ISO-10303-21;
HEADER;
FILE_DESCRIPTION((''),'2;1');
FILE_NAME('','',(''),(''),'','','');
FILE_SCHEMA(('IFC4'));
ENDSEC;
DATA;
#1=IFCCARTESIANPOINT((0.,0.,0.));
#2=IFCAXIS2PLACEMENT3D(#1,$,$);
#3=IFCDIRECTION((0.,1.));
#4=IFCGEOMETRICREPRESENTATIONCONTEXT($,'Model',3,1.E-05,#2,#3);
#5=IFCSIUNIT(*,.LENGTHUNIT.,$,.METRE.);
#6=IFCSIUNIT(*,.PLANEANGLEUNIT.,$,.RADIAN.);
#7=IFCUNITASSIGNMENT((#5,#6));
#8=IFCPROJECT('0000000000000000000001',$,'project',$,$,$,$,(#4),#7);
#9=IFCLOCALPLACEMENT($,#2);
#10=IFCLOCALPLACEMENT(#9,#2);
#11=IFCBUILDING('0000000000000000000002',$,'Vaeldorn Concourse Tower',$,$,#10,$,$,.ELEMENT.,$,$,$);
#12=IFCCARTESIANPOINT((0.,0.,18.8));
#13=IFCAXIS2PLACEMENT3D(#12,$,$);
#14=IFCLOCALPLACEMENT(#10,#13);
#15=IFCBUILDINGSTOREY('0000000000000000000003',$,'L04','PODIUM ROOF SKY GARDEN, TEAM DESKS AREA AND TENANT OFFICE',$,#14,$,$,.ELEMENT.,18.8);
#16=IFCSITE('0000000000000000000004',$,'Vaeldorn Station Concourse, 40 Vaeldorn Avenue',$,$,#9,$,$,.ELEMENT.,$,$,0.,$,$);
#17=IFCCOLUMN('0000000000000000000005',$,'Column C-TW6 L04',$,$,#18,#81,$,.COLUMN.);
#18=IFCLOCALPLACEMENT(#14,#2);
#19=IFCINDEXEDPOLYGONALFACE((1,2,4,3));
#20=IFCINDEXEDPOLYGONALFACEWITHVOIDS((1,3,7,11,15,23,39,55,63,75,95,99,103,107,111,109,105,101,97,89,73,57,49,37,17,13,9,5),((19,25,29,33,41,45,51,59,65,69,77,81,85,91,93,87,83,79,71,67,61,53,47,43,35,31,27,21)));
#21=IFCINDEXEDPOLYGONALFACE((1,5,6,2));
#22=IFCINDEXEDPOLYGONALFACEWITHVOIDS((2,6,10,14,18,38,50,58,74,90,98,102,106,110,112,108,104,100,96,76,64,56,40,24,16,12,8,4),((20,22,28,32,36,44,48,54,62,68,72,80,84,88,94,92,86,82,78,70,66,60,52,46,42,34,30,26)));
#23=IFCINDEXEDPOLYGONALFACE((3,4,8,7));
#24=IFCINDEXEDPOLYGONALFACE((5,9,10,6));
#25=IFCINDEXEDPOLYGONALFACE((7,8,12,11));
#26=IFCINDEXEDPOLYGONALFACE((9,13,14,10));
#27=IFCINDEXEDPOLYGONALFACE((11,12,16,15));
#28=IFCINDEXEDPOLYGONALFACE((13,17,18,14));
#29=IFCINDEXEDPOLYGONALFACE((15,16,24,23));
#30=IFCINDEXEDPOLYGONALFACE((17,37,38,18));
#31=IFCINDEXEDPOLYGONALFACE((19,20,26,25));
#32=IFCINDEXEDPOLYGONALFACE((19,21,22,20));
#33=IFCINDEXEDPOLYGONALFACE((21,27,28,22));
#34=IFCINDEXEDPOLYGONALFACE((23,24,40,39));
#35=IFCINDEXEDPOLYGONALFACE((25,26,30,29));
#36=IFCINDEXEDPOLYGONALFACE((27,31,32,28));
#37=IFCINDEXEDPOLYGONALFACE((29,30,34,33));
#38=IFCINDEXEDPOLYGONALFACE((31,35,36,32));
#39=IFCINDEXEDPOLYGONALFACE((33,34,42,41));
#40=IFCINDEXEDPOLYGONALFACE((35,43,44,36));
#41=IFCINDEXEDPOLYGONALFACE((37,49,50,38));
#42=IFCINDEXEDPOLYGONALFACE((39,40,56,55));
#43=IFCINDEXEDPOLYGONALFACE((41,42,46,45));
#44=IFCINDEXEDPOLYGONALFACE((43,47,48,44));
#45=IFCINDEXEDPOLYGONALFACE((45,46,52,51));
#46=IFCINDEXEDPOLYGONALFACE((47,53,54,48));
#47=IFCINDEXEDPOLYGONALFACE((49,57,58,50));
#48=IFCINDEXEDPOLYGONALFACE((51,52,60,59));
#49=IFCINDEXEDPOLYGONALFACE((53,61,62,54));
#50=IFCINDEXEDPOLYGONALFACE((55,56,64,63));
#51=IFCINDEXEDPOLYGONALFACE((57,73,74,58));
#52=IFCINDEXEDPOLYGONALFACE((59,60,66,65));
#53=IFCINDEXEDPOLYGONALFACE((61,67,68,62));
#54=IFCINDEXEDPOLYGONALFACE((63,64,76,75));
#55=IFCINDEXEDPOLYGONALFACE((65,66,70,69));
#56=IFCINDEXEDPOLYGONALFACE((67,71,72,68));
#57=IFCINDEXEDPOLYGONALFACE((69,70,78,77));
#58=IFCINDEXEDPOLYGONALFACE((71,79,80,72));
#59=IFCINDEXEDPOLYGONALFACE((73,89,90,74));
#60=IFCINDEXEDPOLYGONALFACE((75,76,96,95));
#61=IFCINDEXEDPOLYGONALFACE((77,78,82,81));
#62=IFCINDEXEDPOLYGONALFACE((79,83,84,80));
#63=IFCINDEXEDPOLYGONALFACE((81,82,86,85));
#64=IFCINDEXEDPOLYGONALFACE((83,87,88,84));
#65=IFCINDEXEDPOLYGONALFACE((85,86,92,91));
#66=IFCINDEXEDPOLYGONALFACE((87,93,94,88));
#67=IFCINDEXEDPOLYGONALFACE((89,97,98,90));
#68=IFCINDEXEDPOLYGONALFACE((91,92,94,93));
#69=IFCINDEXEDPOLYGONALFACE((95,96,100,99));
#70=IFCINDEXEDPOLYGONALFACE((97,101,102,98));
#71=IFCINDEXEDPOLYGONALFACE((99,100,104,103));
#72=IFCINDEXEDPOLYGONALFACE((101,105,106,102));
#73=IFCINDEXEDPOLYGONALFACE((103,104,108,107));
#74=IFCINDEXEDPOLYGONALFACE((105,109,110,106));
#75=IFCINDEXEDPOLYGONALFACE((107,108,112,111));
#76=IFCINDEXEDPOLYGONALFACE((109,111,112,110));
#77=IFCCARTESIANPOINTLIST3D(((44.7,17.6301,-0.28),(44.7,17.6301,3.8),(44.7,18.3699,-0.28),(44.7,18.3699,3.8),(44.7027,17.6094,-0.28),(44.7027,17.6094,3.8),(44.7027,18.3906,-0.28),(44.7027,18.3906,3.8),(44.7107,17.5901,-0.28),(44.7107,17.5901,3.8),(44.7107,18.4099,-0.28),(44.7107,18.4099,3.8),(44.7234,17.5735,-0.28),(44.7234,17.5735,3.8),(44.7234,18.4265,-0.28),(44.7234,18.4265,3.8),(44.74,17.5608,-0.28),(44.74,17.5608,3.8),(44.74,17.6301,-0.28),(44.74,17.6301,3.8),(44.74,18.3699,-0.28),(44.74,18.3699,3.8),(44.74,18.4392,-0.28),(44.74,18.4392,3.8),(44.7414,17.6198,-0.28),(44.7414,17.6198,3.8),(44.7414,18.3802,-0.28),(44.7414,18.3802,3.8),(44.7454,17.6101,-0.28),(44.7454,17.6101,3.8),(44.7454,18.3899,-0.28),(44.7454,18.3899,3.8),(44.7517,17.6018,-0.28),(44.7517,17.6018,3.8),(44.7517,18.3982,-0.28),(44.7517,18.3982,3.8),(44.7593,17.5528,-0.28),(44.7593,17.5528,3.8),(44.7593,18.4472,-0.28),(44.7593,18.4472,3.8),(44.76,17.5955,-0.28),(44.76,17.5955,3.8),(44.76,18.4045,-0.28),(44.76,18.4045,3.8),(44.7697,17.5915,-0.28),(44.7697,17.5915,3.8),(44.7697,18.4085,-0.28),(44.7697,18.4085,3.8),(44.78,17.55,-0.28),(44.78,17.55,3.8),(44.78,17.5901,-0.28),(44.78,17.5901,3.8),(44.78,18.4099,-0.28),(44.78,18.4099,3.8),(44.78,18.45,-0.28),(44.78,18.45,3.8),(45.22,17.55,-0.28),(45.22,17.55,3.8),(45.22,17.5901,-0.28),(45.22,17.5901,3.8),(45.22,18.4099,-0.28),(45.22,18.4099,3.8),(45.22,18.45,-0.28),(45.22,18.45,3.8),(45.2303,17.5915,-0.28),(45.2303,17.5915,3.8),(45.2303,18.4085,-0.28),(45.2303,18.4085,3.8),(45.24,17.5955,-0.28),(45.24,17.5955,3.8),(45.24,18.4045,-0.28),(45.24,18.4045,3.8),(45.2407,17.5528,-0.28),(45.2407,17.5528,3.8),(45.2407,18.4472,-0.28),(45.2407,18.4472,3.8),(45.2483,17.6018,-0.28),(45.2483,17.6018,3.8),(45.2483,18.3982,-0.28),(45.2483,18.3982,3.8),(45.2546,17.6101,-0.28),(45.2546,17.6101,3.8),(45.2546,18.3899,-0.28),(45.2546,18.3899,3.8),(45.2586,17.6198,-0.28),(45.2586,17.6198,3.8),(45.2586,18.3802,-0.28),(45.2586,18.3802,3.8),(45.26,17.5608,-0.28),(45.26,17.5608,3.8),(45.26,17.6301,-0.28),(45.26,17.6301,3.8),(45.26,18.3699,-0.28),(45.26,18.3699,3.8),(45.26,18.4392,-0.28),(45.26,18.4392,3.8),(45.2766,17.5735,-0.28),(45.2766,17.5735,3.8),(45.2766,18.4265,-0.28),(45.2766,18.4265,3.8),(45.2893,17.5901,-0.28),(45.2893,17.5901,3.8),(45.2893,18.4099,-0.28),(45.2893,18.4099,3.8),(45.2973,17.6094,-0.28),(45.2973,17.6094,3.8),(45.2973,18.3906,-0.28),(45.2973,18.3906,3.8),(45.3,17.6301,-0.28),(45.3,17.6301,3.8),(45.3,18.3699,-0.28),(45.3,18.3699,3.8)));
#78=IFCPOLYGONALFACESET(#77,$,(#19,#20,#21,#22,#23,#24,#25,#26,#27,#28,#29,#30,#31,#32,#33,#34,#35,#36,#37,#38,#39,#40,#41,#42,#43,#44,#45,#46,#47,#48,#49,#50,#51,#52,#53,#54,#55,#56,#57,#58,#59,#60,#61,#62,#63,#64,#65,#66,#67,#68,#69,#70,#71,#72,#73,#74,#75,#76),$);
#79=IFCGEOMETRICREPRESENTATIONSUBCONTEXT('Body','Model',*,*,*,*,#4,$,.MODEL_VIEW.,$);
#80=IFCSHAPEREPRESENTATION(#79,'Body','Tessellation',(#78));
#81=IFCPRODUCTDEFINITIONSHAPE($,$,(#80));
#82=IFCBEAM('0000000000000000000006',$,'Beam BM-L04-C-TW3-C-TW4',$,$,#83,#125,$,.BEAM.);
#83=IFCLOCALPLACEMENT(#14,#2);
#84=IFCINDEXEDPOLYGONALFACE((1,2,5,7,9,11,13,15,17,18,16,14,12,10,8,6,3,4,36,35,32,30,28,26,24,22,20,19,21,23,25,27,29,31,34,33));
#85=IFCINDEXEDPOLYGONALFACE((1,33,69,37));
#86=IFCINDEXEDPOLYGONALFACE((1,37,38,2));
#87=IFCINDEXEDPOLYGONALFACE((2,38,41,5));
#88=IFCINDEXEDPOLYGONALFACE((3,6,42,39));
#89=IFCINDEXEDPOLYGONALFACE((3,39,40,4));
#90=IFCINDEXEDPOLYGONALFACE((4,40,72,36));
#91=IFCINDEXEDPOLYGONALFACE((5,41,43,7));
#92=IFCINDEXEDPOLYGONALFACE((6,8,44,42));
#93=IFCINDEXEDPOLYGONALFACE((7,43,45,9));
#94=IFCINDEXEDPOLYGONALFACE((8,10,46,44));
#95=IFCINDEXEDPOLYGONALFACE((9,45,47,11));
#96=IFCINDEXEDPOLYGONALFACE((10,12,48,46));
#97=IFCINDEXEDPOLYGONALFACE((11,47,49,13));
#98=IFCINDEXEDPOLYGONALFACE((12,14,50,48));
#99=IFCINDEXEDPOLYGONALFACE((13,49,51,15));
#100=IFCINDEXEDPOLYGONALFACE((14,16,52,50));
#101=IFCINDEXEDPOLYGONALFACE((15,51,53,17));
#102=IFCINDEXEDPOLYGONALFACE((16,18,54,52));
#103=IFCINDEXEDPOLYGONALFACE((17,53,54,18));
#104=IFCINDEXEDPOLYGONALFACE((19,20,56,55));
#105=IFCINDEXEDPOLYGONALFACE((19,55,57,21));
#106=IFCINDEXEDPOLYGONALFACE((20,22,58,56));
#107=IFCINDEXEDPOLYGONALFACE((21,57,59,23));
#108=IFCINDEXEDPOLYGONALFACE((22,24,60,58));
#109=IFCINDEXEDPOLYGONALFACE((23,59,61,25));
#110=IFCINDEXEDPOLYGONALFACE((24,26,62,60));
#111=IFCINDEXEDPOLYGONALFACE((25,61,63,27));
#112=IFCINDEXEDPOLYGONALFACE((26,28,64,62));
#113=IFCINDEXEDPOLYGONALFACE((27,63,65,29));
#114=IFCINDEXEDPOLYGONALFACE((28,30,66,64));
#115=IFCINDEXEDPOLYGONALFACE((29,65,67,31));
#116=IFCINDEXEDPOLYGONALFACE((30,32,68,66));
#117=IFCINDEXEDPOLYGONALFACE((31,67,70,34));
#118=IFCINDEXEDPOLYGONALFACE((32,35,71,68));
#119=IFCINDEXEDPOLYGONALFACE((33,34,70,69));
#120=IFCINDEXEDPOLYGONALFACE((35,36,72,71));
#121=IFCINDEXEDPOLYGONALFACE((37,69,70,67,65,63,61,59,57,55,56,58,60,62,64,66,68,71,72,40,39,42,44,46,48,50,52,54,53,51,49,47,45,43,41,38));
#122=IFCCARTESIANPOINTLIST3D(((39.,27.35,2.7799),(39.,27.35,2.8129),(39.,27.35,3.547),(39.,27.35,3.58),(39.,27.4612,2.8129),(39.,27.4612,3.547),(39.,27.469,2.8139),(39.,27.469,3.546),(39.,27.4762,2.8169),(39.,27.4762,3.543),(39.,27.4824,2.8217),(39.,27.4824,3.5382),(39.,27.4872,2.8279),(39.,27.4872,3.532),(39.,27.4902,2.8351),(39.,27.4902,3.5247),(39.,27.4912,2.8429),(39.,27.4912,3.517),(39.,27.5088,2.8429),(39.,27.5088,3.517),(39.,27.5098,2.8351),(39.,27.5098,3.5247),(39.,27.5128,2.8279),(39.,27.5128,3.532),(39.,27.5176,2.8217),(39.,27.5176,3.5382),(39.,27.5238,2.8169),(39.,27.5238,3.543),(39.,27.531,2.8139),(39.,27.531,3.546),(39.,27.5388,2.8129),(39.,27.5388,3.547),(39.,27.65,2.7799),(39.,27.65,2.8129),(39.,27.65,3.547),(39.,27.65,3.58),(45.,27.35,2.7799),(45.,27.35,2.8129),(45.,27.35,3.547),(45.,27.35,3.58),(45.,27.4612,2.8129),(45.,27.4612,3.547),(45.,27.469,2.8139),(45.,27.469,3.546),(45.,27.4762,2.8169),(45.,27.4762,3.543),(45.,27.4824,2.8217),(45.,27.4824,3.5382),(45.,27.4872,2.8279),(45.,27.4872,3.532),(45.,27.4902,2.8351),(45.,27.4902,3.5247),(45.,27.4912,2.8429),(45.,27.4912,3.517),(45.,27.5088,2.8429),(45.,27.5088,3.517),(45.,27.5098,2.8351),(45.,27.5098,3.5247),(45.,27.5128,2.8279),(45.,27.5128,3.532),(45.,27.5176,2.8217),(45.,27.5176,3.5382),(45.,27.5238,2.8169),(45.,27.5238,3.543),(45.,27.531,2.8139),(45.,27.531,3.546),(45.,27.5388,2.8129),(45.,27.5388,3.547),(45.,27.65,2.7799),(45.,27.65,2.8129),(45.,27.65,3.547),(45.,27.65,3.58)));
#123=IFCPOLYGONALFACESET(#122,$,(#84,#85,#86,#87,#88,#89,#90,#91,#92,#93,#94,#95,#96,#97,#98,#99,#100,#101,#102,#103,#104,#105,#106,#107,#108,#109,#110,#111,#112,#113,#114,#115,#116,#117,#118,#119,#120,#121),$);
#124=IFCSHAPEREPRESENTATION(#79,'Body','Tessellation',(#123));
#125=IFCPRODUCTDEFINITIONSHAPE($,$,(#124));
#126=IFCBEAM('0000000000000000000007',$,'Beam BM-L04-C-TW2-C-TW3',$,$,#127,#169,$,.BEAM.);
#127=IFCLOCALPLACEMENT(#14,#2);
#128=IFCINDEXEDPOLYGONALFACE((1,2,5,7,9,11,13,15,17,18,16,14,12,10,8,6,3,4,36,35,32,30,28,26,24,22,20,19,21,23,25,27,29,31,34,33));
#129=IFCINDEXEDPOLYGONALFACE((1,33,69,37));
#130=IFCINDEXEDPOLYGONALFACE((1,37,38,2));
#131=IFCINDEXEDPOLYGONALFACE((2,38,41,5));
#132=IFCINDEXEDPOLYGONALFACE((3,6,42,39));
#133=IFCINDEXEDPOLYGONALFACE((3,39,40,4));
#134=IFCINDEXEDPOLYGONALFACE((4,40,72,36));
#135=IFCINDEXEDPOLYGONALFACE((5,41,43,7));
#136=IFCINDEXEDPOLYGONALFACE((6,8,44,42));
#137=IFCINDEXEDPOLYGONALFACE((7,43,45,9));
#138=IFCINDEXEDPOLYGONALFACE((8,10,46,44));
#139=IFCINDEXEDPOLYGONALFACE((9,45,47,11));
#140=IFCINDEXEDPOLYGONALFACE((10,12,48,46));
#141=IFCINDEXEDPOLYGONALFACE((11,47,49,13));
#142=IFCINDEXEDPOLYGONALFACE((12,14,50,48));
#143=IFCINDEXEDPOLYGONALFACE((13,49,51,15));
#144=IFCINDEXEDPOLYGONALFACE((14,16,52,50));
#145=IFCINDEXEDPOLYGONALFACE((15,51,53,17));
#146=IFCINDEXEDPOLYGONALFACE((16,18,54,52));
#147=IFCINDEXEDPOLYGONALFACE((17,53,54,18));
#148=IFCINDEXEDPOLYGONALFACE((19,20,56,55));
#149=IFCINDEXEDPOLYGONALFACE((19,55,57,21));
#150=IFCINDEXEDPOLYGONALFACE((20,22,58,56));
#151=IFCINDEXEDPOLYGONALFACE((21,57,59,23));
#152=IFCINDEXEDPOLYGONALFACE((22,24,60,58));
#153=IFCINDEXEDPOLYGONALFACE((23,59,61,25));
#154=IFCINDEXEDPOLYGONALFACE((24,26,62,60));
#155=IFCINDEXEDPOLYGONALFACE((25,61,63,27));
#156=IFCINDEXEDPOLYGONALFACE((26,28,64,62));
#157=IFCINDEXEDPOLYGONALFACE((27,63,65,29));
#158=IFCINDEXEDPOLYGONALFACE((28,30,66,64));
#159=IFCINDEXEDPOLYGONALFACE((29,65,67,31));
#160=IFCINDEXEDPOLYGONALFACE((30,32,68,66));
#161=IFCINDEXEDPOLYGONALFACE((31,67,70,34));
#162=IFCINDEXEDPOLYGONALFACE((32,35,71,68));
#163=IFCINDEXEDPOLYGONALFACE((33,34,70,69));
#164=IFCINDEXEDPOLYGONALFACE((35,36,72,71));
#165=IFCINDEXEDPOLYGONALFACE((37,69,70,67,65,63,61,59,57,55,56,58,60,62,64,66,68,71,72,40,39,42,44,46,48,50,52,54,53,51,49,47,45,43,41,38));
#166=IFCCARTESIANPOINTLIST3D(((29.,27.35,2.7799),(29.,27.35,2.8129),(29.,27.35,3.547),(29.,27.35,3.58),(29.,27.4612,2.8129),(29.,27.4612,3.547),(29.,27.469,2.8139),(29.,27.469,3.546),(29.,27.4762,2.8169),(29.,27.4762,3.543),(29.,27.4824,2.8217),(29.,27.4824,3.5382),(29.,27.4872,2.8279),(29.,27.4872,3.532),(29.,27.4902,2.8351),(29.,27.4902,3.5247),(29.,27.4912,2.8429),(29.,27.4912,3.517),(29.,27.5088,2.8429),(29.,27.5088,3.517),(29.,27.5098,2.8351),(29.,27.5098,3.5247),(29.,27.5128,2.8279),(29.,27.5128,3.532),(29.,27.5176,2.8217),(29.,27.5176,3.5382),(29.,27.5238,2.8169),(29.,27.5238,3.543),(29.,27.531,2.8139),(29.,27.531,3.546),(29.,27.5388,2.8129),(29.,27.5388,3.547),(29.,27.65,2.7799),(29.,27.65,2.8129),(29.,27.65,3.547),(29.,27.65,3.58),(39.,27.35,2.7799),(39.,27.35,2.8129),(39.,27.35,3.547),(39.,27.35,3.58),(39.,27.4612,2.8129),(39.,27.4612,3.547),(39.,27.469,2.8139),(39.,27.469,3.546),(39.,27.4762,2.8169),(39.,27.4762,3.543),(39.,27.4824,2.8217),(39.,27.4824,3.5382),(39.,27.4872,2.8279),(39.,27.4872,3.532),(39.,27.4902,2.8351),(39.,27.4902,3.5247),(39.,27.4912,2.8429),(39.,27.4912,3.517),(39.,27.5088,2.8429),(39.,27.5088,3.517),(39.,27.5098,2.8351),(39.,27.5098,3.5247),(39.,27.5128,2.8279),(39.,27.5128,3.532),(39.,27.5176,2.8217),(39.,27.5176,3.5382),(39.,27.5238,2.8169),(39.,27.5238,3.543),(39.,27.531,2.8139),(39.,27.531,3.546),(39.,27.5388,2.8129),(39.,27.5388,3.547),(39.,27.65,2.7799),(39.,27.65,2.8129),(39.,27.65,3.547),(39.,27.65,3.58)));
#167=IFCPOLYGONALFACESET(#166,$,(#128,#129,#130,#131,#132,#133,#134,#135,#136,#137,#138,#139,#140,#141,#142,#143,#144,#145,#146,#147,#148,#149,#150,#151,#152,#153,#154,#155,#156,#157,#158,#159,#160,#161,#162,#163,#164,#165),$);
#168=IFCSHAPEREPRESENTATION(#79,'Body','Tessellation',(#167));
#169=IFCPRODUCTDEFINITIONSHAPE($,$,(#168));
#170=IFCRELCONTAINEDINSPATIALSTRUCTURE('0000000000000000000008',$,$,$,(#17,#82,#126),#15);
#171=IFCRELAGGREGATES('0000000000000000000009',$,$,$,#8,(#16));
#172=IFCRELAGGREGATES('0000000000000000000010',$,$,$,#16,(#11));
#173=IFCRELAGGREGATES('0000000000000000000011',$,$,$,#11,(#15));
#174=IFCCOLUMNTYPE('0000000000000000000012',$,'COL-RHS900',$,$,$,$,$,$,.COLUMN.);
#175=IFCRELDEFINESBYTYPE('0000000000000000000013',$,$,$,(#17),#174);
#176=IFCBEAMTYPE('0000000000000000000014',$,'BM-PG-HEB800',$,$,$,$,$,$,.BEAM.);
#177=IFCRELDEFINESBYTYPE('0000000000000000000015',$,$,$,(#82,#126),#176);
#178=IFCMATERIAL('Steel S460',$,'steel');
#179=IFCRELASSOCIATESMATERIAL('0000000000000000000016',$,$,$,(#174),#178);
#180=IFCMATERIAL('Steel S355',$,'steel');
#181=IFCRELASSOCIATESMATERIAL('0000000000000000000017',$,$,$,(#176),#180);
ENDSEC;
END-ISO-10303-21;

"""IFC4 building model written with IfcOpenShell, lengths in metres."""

from ifc_helpers import new_model, si_unit, direction, frame, origin, origin_2d, place, context, subcontext, project, spatial, hollow_rectangle, i_section, extrude, source, transform, mapped, material, material_profile, profile_set, type_object, element, save


model = new_model("IFC4")

# Units and contexts
model_context = context("Model", 3, precision=1e-05, world=origin(), true_north=direction((0.0, 1.0)))
body_context = subcontext(model_context, "Body", "Model", "MODEL_VIEW")
ifc_project = project(units=[si_unit("LENGTHUNIT", "METRE"), si_unit("PLANEANGLEUNIT", "RADIAN")], contexts=[model_context])

# Site, building, storey
site_placement = place(None, origin())
site = spatial("IfcSite", under=ifc_project, at=site_placement, Name="Vaeldorn Station Concourse, 40 Vaeldorn Avenue", CompositionType="ELEMENT", RefElevation=0.0)
building_placement = place(site_placement, origin())
building = spatial("IfcBuilding", under=site, at=building_placement, Name="Vaeldorn Concourse Tower", CompositionType="ELEMENT")
storey_placement = place(building_placement, frame((0.0, 0.0, 18.8)))
storey = spatial("IfcBuildingStorey", under=building, at=storey_placement, Name="L04", Description="PODIUM ROOF SKY GARDEN, TEAM DESKS AREA AND TENANT OFFICE", CompositionType="ELEMENT", Elevation=18.8)

# Column
ifc_material_1 = material(Name="Steel S460", Category="steel")
ifc_material_profile_1 = material_profile(ifc_material_1, hollow_rectangle(XDim=0.6001, YDim=0.8999, WallThickness=0.04, InnerFilletRadius=0.04, OuterFilletRadius=0.0801, at=origin_2d()), Name="RHS 900x600x40")
ifc_profile_set_1 = profile_set([ifc_material_profile_1], Name="Steel S460")
column_type_1 = type_object("IfcColumnType", Name="COL-RHS900", PredefinedType="COLUMN", material=ifc_profile_set_1)
shared_shape_1 = source(origin(), body_context, "Body", "SweptSolid", [
    extrude(hollow_rectangle(XDim=0.6001, YDim=0.8999, WallThickness=0.04, InnerFilletRadius=0.04, OuterFilletRadius=0.0801, at=origin_2d()), origin(), (0.0, 0.0, 1.0), 4.0801),
])
for number, where, z_axis, x_axis, name in (
    (1, (45.0, 18.0, -0.28), (0.0, 0.0, 1.0), (1.0, 0.0, 0.0), "Column C-TW6 L04"),
):
    element("IfcColumn", number, at=place(storey_placement, frame(where, z_axis=z_axis, x_axis=x_axis)), inside=storey, type_object=column_type_1, Name=name, PredefinedType="COLUMN", context=body_context, shape_type="MappedRepresentation", body=[
        mapped(shared_shape_1, transform((0.0, 0.0, 0.0), scale=1.0)),
    ])

# Beams
ifc_material_2 = material(Name="Steel S355", Category="steel")
ifc_material_profile_2 = material_profile(ifc_material_2, i_section(OverallWidth=0.3, OverallDepth=0.8, WebThickness=0.0176, FlangeThickness=0.033, FilletRadius=0.03, at=origin_2d()), Name="HEB 800")
ifc_profile_set_2 = profile_set([ifc_material_profile_2], Name="Steel S355")
beam_type_1 = type_object("IfcBeamType", Name="BM-PG-HEB800", PredefinedType="BEAM", material=ifc_profile_set_2)
shared_shape_2 = source(origin(), body_context, "Body", "SweptSolid", [
    extrude(i_section(OverallWidth=0.3, OverallDepth=0.8, WebThickness=0.0176, FlangeThickness=0.033, FilletRadius=0.03, at=origin_2d()), origin(), (0.0, 0.0, 1.0), 6.0),
])
beam_1_placement = place(storey_placement, frame((39.0, 27.5, 3.1799), z_axis=(1.0, 0.0, 0.0), x_axis=(0.0, 1.0, 0.0)))
element("IfcBeam", 2, at=beam_1_placement, inside=storey, type_object=beam_type_1, Name="Beam BM-L04-C-TW3-C-TW4", PredefinedType="BEAM", context=body_context, shape_type="MappedRepresentation", body=[
    mapped(shared_shape_2, transform((0.0, 0.0, 0.0), scale=1.0)),
])
shared_shape_3 = source(origin(), body_context, "Body", "SweptSolid", [
    extrude(i_section(OverallWidth=0.3, OverallDepth=0.8, WebThickness=0.0176, FlangeThickness=0.033, FilletRadius=0.03, at=origin_2d()), origin(), (0.0, 0.0, 1.0), 10.0),
])
beam_2_placement = place(storey_placement, frame((29.0, 27.5, 3.1799), z_axis=(1.0, 0.0, 0.0), x_axis=(0.0, 1.0, 0.0)))
element("IfcBeam", 3, at=beam_2_placement, inside=storey, type_object=beam_type_1, Name="Beam BM-L04-C-TW2-C-TW3", PredefinedType="BEAM", context=body_context, shape_type="MappedRepresentation", body=[
    mapped(shared_shape_3, transform((0.0, 0.0, 0.0), scale=1.0)),
])

save(model, "model.ifc")
